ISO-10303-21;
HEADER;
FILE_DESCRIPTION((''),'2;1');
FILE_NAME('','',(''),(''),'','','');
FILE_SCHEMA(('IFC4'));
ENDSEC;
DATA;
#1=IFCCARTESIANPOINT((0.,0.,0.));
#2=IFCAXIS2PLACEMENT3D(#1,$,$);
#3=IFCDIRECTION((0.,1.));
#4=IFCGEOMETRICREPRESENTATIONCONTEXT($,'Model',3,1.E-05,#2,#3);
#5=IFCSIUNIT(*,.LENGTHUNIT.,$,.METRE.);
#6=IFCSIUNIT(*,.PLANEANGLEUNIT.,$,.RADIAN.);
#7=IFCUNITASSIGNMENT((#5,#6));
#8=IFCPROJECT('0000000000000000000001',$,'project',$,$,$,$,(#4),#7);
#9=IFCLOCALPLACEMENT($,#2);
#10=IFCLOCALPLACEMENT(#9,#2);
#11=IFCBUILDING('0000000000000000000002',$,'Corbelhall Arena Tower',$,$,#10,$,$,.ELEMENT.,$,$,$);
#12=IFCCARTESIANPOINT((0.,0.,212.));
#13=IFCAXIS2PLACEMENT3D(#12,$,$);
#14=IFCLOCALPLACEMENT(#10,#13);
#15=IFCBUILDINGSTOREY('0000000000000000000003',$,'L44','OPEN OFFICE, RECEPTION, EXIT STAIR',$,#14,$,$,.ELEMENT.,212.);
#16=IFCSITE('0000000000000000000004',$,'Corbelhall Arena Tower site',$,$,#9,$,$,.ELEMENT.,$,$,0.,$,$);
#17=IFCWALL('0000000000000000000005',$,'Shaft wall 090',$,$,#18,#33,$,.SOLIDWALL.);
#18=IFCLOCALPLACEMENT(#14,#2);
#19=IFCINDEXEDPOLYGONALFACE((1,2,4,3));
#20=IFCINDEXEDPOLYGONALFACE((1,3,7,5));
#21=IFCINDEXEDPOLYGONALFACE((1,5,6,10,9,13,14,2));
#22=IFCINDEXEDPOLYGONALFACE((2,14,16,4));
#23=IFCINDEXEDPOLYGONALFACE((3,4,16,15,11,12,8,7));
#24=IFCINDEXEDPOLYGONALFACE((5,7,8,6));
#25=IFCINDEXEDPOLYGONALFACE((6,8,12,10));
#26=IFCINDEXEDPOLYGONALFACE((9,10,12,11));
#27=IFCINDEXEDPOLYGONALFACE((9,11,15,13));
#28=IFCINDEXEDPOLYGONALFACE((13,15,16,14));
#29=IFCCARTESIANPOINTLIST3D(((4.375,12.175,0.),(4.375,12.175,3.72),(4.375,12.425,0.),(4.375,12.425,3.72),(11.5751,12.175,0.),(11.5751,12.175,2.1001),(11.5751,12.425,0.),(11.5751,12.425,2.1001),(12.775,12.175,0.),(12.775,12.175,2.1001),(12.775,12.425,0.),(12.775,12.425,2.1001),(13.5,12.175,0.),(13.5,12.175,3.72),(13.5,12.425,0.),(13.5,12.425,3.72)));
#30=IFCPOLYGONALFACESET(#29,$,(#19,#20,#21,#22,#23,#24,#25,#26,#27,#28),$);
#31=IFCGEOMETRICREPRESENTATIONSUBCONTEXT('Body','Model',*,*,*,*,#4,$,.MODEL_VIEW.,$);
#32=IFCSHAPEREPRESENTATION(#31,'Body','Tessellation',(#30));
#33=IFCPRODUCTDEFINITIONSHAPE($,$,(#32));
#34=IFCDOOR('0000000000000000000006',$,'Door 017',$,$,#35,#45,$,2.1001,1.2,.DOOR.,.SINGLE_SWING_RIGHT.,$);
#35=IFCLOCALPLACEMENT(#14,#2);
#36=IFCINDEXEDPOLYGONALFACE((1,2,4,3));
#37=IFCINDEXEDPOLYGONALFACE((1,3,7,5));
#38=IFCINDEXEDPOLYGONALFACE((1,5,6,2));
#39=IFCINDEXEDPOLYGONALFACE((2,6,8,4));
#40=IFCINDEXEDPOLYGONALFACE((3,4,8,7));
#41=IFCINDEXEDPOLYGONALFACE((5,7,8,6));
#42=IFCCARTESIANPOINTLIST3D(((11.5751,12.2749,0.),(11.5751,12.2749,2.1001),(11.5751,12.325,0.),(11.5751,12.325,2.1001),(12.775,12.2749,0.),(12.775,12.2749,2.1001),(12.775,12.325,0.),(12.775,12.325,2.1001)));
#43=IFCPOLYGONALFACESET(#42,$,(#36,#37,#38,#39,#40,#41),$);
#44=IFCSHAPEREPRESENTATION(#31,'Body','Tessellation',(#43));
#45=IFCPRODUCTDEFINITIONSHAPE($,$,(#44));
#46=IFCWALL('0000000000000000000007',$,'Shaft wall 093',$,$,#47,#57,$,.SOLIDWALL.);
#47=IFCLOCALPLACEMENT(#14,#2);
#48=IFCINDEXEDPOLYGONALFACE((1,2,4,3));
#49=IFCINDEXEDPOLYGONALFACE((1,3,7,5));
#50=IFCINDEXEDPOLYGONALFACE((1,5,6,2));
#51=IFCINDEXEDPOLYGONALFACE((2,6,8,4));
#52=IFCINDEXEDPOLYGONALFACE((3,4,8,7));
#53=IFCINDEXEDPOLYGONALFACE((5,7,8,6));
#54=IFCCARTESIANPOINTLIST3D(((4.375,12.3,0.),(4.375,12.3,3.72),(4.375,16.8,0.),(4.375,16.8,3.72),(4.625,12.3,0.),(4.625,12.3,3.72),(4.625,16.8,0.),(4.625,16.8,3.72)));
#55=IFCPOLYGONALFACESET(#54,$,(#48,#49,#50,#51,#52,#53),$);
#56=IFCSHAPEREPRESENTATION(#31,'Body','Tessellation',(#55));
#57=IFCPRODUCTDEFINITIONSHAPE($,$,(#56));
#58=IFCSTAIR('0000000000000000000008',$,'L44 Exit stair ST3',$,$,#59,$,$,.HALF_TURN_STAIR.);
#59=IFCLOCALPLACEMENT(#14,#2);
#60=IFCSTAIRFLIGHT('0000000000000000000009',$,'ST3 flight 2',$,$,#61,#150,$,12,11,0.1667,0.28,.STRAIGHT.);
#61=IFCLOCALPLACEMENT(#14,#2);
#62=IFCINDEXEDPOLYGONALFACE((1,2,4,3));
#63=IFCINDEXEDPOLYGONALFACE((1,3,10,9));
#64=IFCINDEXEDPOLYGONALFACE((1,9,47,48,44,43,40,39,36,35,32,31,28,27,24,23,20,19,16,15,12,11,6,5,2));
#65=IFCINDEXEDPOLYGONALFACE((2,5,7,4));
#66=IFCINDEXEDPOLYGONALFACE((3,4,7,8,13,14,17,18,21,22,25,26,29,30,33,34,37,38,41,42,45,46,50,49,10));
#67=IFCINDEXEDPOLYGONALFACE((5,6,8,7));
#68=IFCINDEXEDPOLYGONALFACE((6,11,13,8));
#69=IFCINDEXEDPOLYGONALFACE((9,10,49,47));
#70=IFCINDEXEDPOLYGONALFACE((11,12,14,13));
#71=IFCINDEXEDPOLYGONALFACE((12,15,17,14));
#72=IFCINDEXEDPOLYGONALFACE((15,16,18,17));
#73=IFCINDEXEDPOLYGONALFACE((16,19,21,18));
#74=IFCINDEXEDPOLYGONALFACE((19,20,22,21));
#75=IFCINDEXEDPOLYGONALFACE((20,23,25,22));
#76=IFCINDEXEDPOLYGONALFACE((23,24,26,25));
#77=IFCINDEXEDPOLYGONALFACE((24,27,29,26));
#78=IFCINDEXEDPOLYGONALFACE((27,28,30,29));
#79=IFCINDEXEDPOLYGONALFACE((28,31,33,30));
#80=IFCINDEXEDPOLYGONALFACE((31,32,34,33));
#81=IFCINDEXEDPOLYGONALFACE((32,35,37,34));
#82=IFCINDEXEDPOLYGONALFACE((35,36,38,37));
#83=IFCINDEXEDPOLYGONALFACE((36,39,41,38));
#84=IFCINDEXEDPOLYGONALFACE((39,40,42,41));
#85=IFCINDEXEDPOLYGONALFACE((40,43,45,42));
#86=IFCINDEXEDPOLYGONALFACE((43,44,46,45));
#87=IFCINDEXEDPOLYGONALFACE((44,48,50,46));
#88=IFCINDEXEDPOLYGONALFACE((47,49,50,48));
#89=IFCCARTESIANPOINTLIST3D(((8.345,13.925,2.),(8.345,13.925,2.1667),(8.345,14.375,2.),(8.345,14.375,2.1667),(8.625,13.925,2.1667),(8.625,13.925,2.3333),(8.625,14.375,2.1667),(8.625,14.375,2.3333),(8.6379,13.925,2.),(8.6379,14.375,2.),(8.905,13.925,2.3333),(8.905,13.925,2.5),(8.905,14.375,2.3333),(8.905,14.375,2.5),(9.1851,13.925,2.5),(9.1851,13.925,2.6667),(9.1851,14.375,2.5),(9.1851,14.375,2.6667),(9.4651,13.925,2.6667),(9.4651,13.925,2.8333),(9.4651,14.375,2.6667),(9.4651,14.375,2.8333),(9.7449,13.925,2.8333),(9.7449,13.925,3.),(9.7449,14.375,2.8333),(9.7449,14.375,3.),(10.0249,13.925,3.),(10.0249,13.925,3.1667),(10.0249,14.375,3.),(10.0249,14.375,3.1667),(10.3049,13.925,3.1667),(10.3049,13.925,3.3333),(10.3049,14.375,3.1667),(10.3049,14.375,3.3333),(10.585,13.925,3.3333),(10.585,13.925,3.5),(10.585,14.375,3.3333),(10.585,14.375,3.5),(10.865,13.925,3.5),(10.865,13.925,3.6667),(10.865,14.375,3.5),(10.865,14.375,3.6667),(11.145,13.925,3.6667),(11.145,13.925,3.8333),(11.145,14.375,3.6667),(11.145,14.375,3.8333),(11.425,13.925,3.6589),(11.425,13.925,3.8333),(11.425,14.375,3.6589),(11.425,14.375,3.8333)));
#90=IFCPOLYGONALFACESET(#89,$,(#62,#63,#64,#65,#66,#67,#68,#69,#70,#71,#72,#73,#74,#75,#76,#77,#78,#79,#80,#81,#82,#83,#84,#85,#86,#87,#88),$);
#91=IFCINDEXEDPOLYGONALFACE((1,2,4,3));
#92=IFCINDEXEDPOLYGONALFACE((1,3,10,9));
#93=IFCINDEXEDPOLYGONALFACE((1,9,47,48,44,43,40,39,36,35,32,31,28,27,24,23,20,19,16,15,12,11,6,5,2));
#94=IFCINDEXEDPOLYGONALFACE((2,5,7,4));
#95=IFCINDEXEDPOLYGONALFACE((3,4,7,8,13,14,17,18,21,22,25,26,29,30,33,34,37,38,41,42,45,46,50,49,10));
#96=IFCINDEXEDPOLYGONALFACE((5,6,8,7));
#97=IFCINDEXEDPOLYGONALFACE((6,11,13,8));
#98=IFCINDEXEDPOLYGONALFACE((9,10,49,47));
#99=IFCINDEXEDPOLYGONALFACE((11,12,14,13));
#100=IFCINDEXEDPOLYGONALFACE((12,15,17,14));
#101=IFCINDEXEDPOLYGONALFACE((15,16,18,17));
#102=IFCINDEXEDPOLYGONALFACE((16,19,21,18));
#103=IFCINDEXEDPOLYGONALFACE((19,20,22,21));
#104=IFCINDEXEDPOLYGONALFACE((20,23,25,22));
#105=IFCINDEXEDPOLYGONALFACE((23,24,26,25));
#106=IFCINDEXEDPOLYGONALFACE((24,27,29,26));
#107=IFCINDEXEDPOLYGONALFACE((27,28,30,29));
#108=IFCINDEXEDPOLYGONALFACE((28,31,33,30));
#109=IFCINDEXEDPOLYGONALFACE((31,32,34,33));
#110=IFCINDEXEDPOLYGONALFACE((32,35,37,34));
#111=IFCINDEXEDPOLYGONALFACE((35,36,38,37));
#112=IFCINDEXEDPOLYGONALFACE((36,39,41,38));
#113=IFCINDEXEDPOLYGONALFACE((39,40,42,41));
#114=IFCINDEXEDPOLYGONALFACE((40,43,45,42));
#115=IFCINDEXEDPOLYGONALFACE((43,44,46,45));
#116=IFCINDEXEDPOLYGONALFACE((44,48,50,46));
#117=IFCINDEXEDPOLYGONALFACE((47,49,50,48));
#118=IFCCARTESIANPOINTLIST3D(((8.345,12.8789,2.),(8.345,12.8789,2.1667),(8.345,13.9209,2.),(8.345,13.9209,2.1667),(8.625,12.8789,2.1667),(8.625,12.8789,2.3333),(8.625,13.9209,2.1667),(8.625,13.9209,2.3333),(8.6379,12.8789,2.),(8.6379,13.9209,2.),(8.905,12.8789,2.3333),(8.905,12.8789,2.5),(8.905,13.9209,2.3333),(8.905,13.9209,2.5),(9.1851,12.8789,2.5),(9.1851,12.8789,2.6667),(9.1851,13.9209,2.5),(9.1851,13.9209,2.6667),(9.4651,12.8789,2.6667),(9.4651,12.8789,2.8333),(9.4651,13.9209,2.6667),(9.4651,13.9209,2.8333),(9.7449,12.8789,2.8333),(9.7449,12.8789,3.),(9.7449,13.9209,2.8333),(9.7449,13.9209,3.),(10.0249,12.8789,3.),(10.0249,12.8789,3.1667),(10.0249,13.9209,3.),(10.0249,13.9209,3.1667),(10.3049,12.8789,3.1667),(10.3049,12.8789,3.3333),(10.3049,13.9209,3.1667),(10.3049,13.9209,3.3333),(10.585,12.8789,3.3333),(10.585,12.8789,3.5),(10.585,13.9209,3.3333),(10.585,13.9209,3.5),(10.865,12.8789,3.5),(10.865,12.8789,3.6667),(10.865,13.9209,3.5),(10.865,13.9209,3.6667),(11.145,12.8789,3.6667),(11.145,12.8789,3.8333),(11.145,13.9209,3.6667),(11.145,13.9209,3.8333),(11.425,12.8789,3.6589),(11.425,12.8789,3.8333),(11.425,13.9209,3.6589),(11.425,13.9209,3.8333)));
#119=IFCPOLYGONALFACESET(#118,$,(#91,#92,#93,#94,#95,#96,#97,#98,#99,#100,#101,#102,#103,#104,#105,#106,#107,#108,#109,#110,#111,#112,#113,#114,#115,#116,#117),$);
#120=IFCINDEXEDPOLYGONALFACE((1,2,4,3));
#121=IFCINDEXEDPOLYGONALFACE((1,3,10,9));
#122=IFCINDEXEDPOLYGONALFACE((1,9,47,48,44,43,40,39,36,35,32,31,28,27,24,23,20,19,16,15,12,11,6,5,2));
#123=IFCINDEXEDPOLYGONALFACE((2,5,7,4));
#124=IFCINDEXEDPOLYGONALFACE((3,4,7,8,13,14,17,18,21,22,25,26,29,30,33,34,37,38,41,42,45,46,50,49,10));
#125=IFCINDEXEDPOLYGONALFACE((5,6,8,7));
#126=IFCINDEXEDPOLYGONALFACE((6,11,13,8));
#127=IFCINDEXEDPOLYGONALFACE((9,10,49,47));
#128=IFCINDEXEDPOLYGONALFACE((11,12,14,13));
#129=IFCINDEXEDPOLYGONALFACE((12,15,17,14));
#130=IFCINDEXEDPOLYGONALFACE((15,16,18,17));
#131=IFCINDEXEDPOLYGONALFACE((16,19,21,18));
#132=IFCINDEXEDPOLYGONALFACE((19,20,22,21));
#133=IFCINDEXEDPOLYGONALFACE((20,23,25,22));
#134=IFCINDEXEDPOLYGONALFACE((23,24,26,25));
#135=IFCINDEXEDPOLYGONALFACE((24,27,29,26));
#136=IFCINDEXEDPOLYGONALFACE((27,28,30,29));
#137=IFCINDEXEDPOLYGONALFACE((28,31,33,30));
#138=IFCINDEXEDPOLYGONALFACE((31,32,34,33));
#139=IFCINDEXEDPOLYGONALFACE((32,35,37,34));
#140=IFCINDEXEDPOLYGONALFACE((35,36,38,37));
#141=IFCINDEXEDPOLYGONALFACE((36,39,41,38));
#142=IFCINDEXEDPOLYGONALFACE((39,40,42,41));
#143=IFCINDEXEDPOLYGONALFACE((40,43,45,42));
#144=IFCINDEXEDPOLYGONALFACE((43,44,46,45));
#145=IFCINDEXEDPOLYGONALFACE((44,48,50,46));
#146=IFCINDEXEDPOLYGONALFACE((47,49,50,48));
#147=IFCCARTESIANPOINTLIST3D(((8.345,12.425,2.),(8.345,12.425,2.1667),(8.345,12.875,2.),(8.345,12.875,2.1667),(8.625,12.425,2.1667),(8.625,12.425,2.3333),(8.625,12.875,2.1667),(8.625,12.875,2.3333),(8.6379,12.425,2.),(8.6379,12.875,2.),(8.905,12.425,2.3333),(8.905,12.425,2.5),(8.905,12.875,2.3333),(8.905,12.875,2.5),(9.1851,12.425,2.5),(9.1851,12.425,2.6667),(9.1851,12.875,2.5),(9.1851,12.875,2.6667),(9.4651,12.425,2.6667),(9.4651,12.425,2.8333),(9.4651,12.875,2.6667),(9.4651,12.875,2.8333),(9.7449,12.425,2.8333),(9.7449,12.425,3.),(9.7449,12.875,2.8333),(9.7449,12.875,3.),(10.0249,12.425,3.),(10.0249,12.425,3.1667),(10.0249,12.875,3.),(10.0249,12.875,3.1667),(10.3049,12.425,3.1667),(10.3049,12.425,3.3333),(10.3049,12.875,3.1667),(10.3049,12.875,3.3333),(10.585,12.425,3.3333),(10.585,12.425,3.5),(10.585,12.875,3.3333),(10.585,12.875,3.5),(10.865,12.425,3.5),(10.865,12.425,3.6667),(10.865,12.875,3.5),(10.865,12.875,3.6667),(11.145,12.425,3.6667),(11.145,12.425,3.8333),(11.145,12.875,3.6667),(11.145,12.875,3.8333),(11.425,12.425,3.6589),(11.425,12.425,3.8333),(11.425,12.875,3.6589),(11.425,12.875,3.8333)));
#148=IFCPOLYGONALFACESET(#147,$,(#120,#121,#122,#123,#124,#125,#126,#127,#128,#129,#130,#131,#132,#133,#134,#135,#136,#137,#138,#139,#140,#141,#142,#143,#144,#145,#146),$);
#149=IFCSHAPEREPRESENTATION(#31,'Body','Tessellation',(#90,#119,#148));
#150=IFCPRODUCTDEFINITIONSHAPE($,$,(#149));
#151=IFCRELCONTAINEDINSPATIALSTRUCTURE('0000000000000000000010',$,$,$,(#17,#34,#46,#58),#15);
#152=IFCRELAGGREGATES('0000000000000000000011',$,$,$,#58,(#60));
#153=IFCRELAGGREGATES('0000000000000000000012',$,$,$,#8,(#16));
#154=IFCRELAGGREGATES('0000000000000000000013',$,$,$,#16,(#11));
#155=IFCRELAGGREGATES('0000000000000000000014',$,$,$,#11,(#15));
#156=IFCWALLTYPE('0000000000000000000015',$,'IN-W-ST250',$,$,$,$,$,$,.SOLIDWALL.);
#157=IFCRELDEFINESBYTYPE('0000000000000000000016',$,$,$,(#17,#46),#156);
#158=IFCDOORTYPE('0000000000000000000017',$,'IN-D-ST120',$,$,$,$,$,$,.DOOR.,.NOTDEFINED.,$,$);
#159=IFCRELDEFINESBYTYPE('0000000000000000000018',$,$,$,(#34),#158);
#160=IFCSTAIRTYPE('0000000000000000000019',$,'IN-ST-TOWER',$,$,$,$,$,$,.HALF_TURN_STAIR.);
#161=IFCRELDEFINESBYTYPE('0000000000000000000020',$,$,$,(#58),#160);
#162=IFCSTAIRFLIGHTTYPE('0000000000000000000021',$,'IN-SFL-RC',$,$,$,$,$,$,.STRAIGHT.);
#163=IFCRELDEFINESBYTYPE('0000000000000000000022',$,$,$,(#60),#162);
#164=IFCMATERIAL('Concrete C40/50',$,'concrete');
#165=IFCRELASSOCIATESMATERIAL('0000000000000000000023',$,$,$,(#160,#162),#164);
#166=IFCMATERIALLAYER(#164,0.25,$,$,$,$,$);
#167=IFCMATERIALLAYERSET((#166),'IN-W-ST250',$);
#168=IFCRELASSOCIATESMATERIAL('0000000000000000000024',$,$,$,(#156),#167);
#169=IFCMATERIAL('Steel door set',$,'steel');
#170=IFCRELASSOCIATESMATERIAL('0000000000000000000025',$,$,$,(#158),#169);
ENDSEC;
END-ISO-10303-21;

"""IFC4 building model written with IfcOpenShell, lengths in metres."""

from ifc_helpers import new_model, si_unit, direction, frame, frame_2d, origin, place, context, subcontext, project, spatial, polyline, rectangle, outline, extrude, material, layer, layer_set, type_object, element, fill, aggregate, save


model = new_model("IFC4")

# Units and contexts
model_context = context("Model", 3, precision=1e-05, world=origin(), true_north=direction((0.0, 1.0)))
body_context = subcontext(model_context, "Body", "Model", "MODEL_VIEW")
ifc_project = project(units=[si_unit("LENGTHUNIT", "METRE"), si_unit("PLANEANGLEUNIT", "RADIAN")], contexts=[model_context])

# Site, building, storey
site_placement = place(None, origin())
site = spatial("IfcSite", under=ifc_project, at=site_placement, Name="Corbelhall Arena Tower site", CompositionType="ELEMENT", RefElevation=0.0)
building_placement = place(site_placement, origin())
building = spatial("IfcBuilding", under=site, at=building_placement, Name="Corbelhall Arena Tower", CompositionType="ELEMENT")
storey_placement = place(building_placement, frame((0.0, 0.0, 212.0)))
storey = spatial("IfcBuildingStorey", under=building, at=storey_placement, Name="L44", Description="OPEN OFFICE, RECEPTION, EXIT STAIR", CompositionType="ELEMENT", Elevation=212.0)

# Shared definitions
ifc_material_1 = material(Name="Concrete C40/50", Category="concrete")
stair_type = type_object("IfcStairType", Name="IN-ST-TOWER", PredefinedType="HALF_TURN_STAIR", material=ifc_material_1)

# Shared definitions
ifc_material_2 = material(Name="Steel door set", Category="steel")

# Wall, opening, door
ifc_layer_1 = layer(ifc_material_1, 0.25)
ifc_layer_set_1 = layer_set([ifc_layer_1], Name="IN-W-ST250")
wall_type_1 = type_object("IfcWallType", Name="IN-W-ST250", PredefinedType="SOLIDWALL", material=ifc_layer_set_1)
wall_1_placement = place(storey_placement, frame((4.375, 12.3, 0.0), z_axis=(0.0, 0.0, 1.0), x_axis=(1.0, 0.0, 0.0)))
wall_1 = element("IfcWall", 1, at=wall_1_placement, inside=storey, type_object=wall_type_1, Name="Shaft wall 090", PredefinedType="SOLIDWALL", context=body_context, shape_type="SweptSolid", body=[
    extrude(rectangle(XDim=9.125, YDim=0.25, at=frame_2d((4.5625, 0.0))), origin(), (0.0, 0.0, 1.0), 3.72),
])
opening_1_placement = place(wall_1_placement, frame((7.2, 0.0, 0.0)))
opening_1 = element("IfcOpeningElement", 2, at=opening_1_placement, cuts=wall_1, PredefinedType="OPENING", context=body_context, shape_type="SweptSolid", body=[
    extrude(rectangle(XDim=1.2, YDim=2.1001, at=frame_2d((0.6001, 1.05))), frame((0.0, 0.125, 0.0), z_axis=(0.0, -1.0, 0.0), x_axis=(1.0, 0.0, 0.0)), (0.0, 0.0, 1.0), 0.25),
])
door_type_1 = type_object("IfcDoorType", Name="IN-D-ST120", OperationType="NOTDEFINED", PredefinedType="DOOR", material=ifc_material_2)
door_1_placement = place(opening_1_placement, origin())
door_1 = element("IfcDoor", 3, at=door_1_placement, inside=storey, type_object=door_type_1, Name="Door 017", OperationType="SINGLE_SWING_RIGHT", OverallHeight=2.1001, OverallWidth=1.2, PredefinedType="DOOR", context=body_context, shape_type="SweptSolid", body=[
    extrude(rectangle(XDim=1.2, YDim=2.1001, at=frame_2d((0.6001, 1.05))), frame((0.0, 0.0249, 0.0), z_axis=(0.0, -1.0, 0.0), x_axis=(1.0, 0.0, 0.0)), (0.0, 0.0, 1.0), 0.05),
])
fill(opening_1, door_1)

# Wall
wall_2_placement = place(storey_placement, frame((4.5, 12.3, 0.0), z_axis=(0.0, 0.0, 1.0), x_axis=(0.0, 1.0, 0.0)))
element("IfcWall", 4, at=wall_2_placement, inside=storey, type_object=wall_type_1, Name="Shaft wall 093", PredefinedType="SOLIDWALL", context=body_context, shape_type="SweptSolid", body=[
    extrude(rectangle(XDim=4.5, YDim=0.25, at=frame_2d((2.25, 0.0))), origin(), (0.0, 0.0, 1.0), 3.72),
])

# Stair, stair flight
stair_1_placement = place(storey_placement, origin())
stair_1 = element("IfcStair", 5, at=stair_1_placement, inside=storey, type_object=stair_type, Name="L44 Exit stair ST3", PredefinedType="HALF_TURN_STAIR")
stair_flight_type = type_object("IfcStairFlightType", Name="IN-SFL-RC", PredefinedType="STRAIGHT", material=ifc_material_1)
stair_flight_placement = place(storey_placement, frame((8.345, 13.3999, 2.0), z_axis=(0.0, 0.0, 1.0), x_axis=(1.0, 0.0, 0.0)))
stair_flight = element("IfcStairFlight", 6, at=stair_flight_placement, type_object=stair_flight_type, Name="ST3 flight 2", NumberOfRisers=12, NumberOfTreads=11, PredefinedType="STRAIGHT", RiserHeight=0.1667, TreadLength=0.28, context=body_context, shape_type="SweptSolid", body=[
    extrude(outline(polyline([(0.0, 0.0), (0.0, 0.1667), (0.28, 0.1667), (0.28, 0.3333), (0.5601, 0.3333), (0.5601, 0.5), (0.8401, 0.5), (0.8401, 0.6667), (1.1201, 0.6667), (1.1201, 0.8333), (1.3999, 0.8333), (1.3999, 1.0), (1.6799, 1.0), (1.6799, 1.1667), (1.96, 1.1667), (1.96, 1.3333), (2.24, 1.3333), (2.24, 1.5), (2.52, 1.5), (2.52, 1.6667), (2.8, 1.6667), (2.8, 1.8333), (3.0801, 1.8333), (3.0801, 2.0), (3.0801, 1.6589), (0.293, 0.0), (0.0, 0.0)])), frame((0.0, 0.9751, 0.0), z_axis=(0.0, -1.0, 0.0), x_axis=(1.0, 0.0, 0.0)), (0.0, 0.0, 1.0), 0.45),
    extrude(outline(polyline([(0.0, 0.0), (0.0, 0.1667), (0.28, 0.1667), (0.28, 0.3333), (0.5601, 0.3333), (0.5601, 0.5), (0.8401, 0.5), (0.8401, 0.6667), (1.1201, 0.6667), (1.1201, 0.8333), (1.3999, 0.8333), (1.3999, 1.0), (1.6799, 1.0), (1.6799, 1.1667), (1.96, 1.1667), (1.96, 1.3333), (2.24, 1.3333), (2.24, 1.5), (2.52, 1.5), (2.52, 1.6667), (2.8, 1.6667), (2.8, 1.8333), (3.0801, 1.8333), (3.0801, 2.0), (3.0801, 1.6589), (0.293, 0.0), (0.0, 0.0)])), frame((0.0, 0.521, 0.0), z_axis=(0.0, -1.0, 0.0), x_axis=(1.0, 0.0, 0.0)), (0.0, 0.0, 1.0), 1.042),
    extrude(outline(polyline([(0.0, 0.0), (0.0, 0.1667), (0.28, 0.1667), (0.28, 0.3333), (0.5601, 0.3333), (0.5601, 0.5), (0.8401, 0.5), (0.8401, 0.6667), (1.1201, 0.6667), (1.1201, 0.8333), (1.3999, 0.8333), (1.3999, 1.0), (1.6799, 1.0), (1.6799, 1.1667), (1.96, 1.1667), (1.96, 1.3333), (2.24, 1.3333), (2.24, 1.5), (2.52, 1.5), (2.52, 1.6667), (2.8, 1.6667), (2.8, 1.8333), (3.0801, 1.8333), (3.0801, 2.0), (3.0801, 1.6589), (0.293, 0.0), (0.0, 0.0)])), frame((0.0, -0.5249, 0.0), z_axis=(0.0, -1.0, 0.0), x_axis=(1.0, 0.0, 0.0)), (0.0, 0.0, 1.0), 0.45),
])
aggregate(stair_1, [stair_flight])

save(model, "model.ifc")
